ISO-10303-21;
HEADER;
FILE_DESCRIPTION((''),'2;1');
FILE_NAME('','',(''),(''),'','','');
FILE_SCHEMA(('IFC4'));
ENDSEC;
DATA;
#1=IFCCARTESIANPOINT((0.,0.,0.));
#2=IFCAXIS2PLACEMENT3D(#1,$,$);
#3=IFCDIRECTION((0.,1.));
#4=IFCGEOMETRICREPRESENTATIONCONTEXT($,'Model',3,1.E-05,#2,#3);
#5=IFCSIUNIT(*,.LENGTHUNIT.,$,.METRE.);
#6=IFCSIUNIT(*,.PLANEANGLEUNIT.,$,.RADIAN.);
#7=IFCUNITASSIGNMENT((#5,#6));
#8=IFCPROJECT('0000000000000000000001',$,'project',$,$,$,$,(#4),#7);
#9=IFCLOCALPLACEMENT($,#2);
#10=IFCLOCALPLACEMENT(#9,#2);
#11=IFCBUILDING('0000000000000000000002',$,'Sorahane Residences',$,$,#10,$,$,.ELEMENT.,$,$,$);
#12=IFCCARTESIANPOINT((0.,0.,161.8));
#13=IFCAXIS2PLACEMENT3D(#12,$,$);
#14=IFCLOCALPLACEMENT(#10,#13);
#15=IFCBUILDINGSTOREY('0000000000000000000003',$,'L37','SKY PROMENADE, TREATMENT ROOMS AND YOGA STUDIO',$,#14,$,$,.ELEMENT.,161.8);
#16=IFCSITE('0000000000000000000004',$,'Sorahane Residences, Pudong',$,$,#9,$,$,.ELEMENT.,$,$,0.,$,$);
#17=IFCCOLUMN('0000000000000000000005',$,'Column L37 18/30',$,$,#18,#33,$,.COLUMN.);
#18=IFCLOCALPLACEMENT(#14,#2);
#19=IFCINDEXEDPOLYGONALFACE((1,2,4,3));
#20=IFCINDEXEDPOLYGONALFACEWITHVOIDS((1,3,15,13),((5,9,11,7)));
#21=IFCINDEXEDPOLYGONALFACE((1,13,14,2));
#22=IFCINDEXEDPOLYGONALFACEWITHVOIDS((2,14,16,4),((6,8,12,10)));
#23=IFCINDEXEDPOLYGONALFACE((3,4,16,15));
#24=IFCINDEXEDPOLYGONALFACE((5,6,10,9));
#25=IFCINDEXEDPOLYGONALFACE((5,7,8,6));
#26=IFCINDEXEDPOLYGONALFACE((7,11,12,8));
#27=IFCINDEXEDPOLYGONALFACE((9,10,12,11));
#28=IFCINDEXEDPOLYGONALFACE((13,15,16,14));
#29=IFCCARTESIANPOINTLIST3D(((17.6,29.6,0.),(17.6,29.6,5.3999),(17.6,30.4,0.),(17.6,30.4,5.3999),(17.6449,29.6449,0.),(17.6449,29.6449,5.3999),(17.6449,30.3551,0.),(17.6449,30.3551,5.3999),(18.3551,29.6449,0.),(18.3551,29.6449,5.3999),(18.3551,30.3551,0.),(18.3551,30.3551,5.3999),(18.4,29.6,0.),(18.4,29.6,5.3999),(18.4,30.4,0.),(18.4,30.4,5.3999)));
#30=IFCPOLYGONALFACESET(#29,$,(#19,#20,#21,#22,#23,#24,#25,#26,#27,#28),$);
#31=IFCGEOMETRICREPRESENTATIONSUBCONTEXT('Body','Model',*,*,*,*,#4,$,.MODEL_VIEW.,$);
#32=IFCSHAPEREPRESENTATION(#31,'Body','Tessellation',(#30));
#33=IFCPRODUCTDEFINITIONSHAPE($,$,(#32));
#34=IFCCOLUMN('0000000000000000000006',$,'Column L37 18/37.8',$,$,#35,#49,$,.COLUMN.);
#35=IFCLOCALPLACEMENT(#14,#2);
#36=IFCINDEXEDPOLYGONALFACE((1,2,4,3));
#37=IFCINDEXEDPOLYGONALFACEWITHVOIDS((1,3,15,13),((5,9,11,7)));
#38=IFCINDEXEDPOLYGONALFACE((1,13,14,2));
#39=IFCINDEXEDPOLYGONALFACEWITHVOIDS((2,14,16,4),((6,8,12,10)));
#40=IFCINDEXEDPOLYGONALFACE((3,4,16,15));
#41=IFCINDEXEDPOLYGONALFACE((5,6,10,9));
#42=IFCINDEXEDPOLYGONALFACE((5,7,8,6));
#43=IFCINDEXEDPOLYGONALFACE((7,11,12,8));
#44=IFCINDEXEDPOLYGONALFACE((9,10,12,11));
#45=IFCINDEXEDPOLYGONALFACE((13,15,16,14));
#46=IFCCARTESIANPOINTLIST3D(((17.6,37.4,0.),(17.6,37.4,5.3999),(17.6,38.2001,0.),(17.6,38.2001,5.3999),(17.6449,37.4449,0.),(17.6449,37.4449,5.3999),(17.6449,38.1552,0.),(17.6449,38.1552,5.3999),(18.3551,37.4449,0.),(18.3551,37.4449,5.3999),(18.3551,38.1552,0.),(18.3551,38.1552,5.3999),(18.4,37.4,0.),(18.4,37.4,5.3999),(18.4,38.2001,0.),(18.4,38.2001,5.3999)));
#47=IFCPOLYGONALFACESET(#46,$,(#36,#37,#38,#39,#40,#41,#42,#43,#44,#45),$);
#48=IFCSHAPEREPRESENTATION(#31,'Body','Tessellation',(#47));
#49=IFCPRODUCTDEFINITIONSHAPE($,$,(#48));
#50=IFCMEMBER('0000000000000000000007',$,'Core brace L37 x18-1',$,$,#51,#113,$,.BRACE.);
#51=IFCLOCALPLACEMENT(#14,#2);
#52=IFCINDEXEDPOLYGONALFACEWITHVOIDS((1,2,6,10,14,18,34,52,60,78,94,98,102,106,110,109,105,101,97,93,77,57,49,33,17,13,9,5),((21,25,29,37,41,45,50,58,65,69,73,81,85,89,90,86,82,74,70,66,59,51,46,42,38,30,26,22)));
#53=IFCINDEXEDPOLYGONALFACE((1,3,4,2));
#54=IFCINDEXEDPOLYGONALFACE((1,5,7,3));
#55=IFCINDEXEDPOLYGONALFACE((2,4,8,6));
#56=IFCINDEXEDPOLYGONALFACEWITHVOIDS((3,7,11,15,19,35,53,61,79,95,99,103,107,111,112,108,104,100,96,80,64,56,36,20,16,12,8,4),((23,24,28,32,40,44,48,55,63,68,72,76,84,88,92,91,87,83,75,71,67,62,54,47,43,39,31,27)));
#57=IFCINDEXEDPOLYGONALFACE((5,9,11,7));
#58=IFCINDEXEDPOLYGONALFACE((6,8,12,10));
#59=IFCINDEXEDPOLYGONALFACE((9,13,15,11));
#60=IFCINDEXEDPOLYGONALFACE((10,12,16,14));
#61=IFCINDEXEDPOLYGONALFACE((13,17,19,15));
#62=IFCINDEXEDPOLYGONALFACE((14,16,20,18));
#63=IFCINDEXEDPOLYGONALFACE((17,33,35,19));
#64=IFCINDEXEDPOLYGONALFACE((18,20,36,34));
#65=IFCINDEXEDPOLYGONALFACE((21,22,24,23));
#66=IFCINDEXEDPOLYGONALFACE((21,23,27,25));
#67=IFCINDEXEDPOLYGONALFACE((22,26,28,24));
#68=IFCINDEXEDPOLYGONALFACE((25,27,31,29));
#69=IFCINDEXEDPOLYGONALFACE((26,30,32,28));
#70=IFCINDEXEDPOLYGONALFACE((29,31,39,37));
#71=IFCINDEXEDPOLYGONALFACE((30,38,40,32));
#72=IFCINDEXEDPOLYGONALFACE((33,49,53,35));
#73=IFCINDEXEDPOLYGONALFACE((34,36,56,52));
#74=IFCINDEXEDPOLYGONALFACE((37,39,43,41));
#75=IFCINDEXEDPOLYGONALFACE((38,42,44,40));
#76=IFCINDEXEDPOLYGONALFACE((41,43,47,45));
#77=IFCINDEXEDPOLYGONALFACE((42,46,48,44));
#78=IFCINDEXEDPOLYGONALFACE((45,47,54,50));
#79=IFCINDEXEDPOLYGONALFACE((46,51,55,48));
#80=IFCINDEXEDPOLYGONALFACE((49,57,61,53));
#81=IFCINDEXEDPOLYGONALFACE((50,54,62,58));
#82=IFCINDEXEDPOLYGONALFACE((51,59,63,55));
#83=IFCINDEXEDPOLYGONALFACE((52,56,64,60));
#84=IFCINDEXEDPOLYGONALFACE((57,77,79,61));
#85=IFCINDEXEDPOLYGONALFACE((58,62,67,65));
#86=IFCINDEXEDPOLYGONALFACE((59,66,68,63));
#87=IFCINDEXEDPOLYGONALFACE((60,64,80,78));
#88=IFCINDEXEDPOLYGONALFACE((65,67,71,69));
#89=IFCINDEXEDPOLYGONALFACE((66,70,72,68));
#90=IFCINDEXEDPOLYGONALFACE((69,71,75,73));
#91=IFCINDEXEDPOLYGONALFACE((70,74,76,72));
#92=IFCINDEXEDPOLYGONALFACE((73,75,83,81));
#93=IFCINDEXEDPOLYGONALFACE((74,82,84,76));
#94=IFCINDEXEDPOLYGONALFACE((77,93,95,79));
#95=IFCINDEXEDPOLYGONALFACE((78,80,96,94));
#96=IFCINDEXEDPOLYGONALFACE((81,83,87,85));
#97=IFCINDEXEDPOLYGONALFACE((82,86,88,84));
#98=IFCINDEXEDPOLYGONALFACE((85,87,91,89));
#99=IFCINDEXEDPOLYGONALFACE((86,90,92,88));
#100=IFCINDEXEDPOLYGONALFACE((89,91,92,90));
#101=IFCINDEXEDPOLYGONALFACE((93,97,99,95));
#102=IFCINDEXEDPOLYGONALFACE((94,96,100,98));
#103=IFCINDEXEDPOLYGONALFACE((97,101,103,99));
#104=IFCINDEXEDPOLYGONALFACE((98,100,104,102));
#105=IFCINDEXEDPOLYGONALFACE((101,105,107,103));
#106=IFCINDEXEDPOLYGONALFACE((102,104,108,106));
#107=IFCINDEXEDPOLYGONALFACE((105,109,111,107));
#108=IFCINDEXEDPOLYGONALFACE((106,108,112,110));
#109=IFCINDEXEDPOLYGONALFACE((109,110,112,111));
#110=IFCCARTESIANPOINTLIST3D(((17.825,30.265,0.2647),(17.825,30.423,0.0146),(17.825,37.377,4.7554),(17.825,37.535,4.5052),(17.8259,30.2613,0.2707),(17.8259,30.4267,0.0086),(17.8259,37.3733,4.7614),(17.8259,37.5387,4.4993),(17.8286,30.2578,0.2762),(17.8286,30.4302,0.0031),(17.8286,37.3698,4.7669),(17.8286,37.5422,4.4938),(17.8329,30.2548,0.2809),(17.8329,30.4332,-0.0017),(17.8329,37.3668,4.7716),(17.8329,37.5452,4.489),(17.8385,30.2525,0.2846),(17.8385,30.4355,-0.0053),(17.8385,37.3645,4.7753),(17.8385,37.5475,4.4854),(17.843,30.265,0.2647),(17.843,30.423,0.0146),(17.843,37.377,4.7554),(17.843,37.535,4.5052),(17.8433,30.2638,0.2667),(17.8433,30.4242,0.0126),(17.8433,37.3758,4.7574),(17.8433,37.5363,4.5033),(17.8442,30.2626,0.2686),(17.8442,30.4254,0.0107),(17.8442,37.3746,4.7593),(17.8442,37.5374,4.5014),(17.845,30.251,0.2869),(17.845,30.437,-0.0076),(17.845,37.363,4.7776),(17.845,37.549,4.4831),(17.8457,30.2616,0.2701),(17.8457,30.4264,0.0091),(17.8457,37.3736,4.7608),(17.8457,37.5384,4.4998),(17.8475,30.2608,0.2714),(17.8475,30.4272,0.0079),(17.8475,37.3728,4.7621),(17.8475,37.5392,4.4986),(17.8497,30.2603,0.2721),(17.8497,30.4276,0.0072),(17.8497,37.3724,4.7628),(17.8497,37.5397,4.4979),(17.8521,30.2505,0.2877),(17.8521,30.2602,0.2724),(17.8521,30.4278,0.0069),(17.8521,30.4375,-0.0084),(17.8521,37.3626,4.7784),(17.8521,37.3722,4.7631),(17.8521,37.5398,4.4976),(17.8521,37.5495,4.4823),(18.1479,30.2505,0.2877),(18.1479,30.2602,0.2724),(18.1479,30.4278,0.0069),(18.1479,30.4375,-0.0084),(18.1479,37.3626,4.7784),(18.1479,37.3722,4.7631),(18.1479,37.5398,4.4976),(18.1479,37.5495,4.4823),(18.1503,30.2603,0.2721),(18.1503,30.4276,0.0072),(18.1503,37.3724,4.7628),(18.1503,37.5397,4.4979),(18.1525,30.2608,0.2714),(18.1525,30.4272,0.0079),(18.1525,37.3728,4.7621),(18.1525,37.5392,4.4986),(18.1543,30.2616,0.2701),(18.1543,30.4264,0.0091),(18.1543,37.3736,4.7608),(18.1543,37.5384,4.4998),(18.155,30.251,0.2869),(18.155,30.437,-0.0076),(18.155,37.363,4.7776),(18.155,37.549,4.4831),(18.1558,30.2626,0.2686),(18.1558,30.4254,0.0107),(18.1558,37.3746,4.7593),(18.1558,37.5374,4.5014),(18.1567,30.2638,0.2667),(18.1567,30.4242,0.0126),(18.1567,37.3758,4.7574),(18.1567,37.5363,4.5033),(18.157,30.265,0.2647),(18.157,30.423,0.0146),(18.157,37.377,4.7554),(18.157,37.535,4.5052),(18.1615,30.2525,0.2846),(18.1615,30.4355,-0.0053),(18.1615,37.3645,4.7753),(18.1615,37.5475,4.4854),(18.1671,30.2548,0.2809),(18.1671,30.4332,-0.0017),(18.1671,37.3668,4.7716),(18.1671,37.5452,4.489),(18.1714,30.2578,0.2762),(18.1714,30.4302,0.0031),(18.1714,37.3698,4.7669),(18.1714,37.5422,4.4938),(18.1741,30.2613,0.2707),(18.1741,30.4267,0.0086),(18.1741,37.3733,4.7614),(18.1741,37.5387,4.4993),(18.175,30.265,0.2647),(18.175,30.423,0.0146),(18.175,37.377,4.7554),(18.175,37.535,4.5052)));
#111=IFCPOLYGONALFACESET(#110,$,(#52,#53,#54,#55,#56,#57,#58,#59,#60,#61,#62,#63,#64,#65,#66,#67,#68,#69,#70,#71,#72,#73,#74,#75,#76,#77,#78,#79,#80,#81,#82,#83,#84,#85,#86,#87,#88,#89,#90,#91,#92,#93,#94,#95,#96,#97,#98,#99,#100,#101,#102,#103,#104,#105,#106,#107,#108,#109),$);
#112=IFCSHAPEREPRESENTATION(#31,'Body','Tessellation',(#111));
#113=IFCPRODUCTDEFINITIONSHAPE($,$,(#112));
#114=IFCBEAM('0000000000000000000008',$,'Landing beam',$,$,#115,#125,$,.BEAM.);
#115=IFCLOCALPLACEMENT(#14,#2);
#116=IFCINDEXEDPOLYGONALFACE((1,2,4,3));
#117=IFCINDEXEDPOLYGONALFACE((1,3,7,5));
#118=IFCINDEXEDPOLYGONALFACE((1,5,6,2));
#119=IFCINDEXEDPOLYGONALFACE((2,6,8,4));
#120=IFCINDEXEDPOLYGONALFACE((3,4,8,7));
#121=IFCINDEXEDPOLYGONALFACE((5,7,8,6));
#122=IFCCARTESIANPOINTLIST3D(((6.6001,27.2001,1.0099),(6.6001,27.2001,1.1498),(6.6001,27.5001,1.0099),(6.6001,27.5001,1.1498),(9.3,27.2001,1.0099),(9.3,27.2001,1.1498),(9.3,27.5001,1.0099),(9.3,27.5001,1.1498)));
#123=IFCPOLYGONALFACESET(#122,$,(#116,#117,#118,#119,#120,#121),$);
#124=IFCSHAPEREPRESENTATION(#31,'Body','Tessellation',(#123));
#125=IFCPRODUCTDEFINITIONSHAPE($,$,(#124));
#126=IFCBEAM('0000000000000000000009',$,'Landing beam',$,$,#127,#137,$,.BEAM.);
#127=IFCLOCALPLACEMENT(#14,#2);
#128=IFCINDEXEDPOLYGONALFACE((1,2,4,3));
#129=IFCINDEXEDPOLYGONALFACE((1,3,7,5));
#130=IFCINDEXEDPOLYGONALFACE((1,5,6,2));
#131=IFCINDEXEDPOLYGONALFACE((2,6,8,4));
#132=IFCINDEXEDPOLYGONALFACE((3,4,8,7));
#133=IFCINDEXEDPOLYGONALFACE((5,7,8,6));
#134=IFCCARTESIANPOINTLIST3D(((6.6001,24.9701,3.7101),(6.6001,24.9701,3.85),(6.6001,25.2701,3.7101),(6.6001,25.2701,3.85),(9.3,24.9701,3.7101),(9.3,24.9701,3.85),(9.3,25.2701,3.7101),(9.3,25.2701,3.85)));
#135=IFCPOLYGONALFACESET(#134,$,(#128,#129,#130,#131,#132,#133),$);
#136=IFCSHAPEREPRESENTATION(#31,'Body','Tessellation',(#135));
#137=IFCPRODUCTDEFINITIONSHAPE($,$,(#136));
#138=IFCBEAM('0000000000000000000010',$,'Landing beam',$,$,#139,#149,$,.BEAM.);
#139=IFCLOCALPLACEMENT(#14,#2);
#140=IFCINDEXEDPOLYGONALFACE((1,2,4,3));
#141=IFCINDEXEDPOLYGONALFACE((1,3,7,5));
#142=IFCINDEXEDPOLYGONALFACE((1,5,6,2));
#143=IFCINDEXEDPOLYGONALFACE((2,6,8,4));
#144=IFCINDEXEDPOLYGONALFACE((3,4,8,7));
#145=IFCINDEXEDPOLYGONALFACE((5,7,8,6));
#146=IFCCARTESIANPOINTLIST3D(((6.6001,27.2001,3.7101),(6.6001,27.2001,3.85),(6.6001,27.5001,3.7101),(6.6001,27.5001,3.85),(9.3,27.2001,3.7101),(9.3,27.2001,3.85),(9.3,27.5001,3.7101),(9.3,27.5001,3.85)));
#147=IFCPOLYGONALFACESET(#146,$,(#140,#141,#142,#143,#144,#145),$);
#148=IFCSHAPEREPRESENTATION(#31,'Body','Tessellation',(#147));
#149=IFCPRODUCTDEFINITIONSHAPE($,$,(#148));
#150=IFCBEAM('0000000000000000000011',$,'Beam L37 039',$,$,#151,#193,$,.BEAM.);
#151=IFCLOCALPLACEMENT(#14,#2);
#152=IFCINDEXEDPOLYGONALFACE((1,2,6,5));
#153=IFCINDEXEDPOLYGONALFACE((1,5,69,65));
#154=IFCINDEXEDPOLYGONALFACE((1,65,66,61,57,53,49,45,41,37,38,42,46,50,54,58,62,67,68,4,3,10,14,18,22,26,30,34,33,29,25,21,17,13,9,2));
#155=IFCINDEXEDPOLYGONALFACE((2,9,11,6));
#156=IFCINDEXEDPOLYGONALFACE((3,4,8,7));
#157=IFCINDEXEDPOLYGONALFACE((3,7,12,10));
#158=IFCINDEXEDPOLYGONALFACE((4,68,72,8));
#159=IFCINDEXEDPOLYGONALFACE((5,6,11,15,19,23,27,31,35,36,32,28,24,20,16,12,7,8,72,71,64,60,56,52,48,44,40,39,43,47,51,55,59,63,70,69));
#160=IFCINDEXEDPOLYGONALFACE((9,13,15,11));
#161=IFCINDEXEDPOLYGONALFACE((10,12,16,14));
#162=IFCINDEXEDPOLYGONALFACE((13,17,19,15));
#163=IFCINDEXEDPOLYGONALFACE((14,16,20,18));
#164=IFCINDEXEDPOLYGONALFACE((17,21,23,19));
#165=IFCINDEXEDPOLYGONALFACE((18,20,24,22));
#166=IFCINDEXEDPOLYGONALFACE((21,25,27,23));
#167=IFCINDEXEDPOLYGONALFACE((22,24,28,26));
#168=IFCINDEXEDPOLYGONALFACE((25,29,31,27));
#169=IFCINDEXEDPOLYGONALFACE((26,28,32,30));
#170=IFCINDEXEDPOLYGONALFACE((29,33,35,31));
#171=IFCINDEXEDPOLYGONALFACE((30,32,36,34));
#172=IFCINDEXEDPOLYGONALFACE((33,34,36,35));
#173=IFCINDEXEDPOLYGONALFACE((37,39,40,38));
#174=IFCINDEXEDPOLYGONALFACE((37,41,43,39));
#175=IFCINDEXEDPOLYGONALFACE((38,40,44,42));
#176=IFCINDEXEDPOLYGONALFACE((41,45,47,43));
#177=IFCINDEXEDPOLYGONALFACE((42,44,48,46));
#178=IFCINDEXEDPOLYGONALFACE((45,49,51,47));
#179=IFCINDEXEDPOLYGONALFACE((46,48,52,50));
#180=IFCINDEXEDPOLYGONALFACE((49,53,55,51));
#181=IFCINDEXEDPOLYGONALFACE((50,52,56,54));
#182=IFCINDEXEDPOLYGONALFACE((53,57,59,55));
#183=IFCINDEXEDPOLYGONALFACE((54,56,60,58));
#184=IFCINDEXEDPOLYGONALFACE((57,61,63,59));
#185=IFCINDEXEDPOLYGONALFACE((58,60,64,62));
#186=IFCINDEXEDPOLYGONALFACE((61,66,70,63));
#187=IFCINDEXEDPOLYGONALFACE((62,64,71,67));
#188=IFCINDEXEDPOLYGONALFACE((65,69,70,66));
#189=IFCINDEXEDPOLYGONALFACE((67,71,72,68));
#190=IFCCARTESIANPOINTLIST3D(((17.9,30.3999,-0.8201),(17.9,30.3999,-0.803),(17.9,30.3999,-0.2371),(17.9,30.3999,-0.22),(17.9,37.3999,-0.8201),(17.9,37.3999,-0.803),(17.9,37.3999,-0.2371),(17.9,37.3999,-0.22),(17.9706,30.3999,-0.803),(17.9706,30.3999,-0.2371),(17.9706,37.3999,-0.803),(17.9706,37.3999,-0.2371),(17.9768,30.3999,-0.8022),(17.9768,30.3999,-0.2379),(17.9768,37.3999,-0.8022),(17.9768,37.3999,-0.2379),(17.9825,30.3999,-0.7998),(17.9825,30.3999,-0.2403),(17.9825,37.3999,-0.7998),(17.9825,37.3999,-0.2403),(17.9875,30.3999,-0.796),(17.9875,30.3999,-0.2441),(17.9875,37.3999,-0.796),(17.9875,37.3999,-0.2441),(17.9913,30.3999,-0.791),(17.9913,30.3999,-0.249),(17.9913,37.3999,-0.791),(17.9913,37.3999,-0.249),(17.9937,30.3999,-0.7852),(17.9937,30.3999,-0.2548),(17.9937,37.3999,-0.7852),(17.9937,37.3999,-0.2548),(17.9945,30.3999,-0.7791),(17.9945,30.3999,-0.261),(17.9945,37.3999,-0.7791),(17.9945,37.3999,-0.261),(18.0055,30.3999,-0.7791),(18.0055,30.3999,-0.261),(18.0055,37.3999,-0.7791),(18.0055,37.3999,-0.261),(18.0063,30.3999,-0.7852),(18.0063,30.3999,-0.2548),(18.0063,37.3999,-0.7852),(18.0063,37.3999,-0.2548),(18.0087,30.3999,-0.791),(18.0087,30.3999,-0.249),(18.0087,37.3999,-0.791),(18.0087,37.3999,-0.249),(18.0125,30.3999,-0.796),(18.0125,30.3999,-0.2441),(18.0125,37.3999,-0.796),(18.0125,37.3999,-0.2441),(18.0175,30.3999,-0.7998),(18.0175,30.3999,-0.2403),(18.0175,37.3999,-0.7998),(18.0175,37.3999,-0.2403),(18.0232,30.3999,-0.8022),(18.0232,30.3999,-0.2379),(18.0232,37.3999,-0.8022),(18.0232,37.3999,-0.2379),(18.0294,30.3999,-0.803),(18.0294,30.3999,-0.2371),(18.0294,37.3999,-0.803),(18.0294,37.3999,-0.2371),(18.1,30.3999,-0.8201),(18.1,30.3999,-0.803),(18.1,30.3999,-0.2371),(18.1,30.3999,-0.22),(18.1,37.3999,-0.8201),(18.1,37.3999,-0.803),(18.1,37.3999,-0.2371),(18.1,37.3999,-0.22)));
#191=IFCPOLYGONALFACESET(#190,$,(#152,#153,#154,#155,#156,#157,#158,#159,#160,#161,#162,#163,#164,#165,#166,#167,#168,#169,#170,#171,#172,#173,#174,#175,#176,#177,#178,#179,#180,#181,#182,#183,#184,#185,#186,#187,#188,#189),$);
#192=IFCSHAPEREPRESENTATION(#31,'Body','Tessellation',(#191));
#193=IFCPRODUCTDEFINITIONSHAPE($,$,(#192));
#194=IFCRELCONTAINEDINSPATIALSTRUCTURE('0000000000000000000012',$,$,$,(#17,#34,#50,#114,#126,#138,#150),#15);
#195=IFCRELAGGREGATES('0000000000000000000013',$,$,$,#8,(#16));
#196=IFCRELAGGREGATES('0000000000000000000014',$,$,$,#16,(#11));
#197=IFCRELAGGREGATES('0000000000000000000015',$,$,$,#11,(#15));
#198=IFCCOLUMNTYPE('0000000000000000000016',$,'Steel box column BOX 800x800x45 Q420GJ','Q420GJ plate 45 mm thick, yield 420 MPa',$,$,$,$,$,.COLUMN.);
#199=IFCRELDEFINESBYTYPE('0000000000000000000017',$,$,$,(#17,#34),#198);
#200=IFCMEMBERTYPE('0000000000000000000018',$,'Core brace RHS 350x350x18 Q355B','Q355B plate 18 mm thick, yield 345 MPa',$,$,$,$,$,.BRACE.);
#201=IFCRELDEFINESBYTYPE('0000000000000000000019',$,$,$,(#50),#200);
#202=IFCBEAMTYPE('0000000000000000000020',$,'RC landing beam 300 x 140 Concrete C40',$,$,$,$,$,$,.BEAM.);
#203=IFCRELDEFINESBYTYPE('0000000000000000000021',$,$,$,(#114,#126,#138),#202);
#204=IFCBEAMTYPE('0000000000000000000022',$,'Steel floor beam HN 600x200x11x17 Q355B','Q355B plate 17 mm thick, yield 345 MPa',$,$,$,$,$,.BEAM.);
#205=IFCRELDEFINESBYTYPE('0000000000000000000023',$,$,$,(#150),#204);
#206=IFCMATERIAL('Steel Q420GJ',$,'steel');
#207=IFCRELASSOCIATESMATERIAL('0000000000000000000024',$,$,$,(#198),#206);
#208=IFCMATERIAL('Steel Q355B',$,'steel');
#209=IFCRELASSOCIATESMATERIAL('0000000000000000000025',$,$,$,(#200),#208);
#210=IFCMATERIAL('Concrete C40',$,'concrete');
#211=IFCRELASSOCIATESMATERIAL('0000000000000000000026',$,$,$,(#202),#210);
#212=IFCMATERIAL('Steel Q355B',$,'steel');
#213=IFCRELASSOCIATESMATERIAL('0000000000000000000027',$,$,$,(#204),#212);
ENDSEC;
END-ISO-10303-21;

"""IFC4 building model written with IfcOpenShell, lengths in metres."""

from ifc_helpers import new_model, si_unit, direction, frame, origin, origin_2d, place, context, subcontext, project, spatial, rectangle, hollow_rectangle, i_section, extrude, material, material_profile, profile_set, type_object, element, save


model = new_model("IFC4")

# Units and contexts
model_context = context("Model", 3, precision=1e-05, world=origin(), true_north=direction((0.0, 1.0)))
body_context = subcontext(model_context, "Body", "Model", "MODEL_VIEW")
ifc_project = project(units=[si_unit("LENGTHUNIT", "METRE"), si_unit("PLANEANGLEUNIT", "RADIAN")], contexts=[model_context])

# Site, building, storey
site_placement = place(None, origin())
site = spatial("IfcSite", under=ifc_project, at=site_placement, Name="Sorahane Residences, Pudong", CompositionType="ELEMENT", RefElevation=0.0)
building_placement = place(site_placement, origin())
building = spatial("IfcBuilding", under=site, at=building_placement, Name="Sorahane Residences", CompositionType="ELEMENT")
storey_placement = place(building_placement, frame((0.0, 0.0, 161.8)))
storey = spatial("IfcBuildingStorey", under=building, at=storey_placement, Name="L37", Description="SKY PROMENADE, TREATMENT ROOMS AND YOGA STUDIO", CompositionType="ELEMENT", Elevation=161.8)

# Columns
ifc_material_1 = material(Name="Steel Q420GJ", Category="steel")
ifc_material_profile_1 = material_profile(ifc_material_1, hollow_rectangle(XDim=0.8, YDim=0.8, WallThickness=0.0449, at=origin_2d()), Name="BOX 800x800x45")
ifc_profile_set_1 = profile_set([ifc_material_profile_1], Name="Steel Q420GJ")
column_type = type_object("IfcColumnType", Name="Steel box column BOX 800x800x45 Q420GJ", Description="Q420GJ plate 45 mm thick, yield 420 MPa", PredefinedType="COLUMN", material=ifc_profile_set_1)
for number, where, z_axis, x_axis, name in (
    (1, (18.0, 30.0, 0.0), (0.0, 0.0, 1.0), (1.0, 0.0, 0.0), "Column L37 18/30"),
    (2, (18.0, 37.8, 0.0), (0.0, 0.0, 1.0), (1.0, 0.0, 0.0), "Column L37 18/37.8"),
):
    element("IfcColumn", number, at=place(storey_placement, frame(where, z_axis=z_axis, x_axis=x_axis)), inside=storey, type_object=column_type, Name=name, PredefinedType="COLUMN", context=body_context, shape_type="SweptSolid", body=[
        extrude(hollow_rectangle(XDim=0.8, YDim=0.8, WallThickness=0.0449, at=origin_2d()), origin(), (0.0, 0.0, 1.0), 5.3999),
    ])

# Member
ifc_material_2 = material(Name="Steel Q355B", Category="steel")
ifc_material_profile_2 = material_profile(ifc_material_2, hollow_rectangle(XDim=0.3501, YDim=0.3501, WallThickness=0.0181, InnerFilletRadius=0.009, OuterFilletRadius=0.0271, at=origin_2d()), Name="RHS 350x350x18")
ifc_profile_set_2 = profile_set([ifc_material_profile_2], Name="Steel Q355B")
member_type = type_object("IfcMemberType", Name="Core brace RHS 350x350x18 Q355B", Description="Q355B plate 18 mm thick, yield 345 MPa", PredefinedType="BRACE", material=ifc_profile_set_2)
member_placement = place(storey_placement, frame((18.0, 30.344, 0.1396), z_axis=(0.0, 0.845548, 0.533899), x_axis=(-1.0, 0.0, 0.0)))
element("IfcMember", 3, at=member_placement, inside=storey, type_object=member_type, Name="Core brace L37 x18-1", PredefinedType="BRACE", context=body_context, shape_type="SweptSolid", body=[
    extrude(hollow_rectangle(XDim=0.3501, YDim=0.3501, WallThickness=0.0181, InnerFilletRadius=0.009, OuterFilletRadius=0.0271, at=origin_2d()), origin(), (0.0, 0.0, 1.0), 8.4111),
])

# Beams
ifc_material_3 = material(Name="Concrete C40", Category="concrete")
ifc_material_profile_3 = material_profile(ifc_material_3, rectangle(XDim=0.3, YDim=0.1399, at=origin_2d()), Name="300x140")
ifc_profile_set_3 = profile_set([ifc_material_profile_3], Name="Concrete C40")
beam_type_1 = type_object("IfcBeamType", Name="RC landing beam 300 x 140 Concrete C40", PredefinedType="BEAM", material=ifc_profile_set_3)
for number, where, z_axis, x_axis, name in (
    (4, (6.6001, 27.3501, 1.0798), (1.0, 0.0, 0.0), (0.0, 1.0, 0.0), "Landing beam"),
    (5, (6.6001, 25.1201, 3.78), (1.0, 0.0, 0.0), (0.0, 1.0, 0.0), "Landing beam"),
    (6, (6.6001, 27.3501, 3.78), (1.0, 0.0, 0.0), (0.0, 1.0, 0.0), "Landing beam"),
):
    element("IfcBeam", number, at=place(storey_placement, frame(where, z_axis=z_axis, x_axis=x_axis)), inside=storey, type_object=beam_type_1, Name=name, PredefinedType="BEAM", context=body_context, shape_type="SweptSolid", body=[
        extrude(rectangle(XDim=0.3, YDim=0.1399, at=origin_2d()), origin(), (0.0, 0.0, 1.0), 2.7),
    ])
ifc_material_4 = material(Name="Steel Q355B", Category="steel")
ifc_material_profile_4 = material_profile(ifc_material_4, i_section(OverallWidth=0.2, OverallDepth=0.6001, WebThickness=0.011, FlangeThickness=0.0171, FilletRadius=0.0239, at=origin_2d()), Name="HN 600x200x11x17")
ifc_profile_set_4 = profile_set([ifc_material_profile_4], Name="Steel Q355B")
beam_type_2 = type_object("IfcBeamType", Name="Steel floor beam HN 600x200x11x17 Q355B", Description="Q355B plate 17 mm thick, yield 345 MPa", PredefinedType="BEAM", material=ifc_profile_set_4)
for number, where, z_axis, x_axis, name in (
    (7, (18.0, 30.3999, -0.52), (0.0, 1.0, 0.0), (-1.0, 0.0, 0.0), "Beam L37 039"),
):
    element("IfcBeam", number, at=place(storey_placement, frame(where, z_axis=z_axis, x_axis=x_axis)), inside=storey, type_object=beam_type_2, Name=name, PredefinedType="BEAM", context=body_context, shape_type="SweptSolid", body=[
        extrude(i_section(OverallWidth=0.2, OverallDepth=0.6001, WebThickness=0.011, FlangeThickness=0.0171, FilletRadius=0.0239, at=origin_2d()), origin(), (0.0, 0.0, 1.0), 7.0),
    ])

save(model, "model.ifc")
